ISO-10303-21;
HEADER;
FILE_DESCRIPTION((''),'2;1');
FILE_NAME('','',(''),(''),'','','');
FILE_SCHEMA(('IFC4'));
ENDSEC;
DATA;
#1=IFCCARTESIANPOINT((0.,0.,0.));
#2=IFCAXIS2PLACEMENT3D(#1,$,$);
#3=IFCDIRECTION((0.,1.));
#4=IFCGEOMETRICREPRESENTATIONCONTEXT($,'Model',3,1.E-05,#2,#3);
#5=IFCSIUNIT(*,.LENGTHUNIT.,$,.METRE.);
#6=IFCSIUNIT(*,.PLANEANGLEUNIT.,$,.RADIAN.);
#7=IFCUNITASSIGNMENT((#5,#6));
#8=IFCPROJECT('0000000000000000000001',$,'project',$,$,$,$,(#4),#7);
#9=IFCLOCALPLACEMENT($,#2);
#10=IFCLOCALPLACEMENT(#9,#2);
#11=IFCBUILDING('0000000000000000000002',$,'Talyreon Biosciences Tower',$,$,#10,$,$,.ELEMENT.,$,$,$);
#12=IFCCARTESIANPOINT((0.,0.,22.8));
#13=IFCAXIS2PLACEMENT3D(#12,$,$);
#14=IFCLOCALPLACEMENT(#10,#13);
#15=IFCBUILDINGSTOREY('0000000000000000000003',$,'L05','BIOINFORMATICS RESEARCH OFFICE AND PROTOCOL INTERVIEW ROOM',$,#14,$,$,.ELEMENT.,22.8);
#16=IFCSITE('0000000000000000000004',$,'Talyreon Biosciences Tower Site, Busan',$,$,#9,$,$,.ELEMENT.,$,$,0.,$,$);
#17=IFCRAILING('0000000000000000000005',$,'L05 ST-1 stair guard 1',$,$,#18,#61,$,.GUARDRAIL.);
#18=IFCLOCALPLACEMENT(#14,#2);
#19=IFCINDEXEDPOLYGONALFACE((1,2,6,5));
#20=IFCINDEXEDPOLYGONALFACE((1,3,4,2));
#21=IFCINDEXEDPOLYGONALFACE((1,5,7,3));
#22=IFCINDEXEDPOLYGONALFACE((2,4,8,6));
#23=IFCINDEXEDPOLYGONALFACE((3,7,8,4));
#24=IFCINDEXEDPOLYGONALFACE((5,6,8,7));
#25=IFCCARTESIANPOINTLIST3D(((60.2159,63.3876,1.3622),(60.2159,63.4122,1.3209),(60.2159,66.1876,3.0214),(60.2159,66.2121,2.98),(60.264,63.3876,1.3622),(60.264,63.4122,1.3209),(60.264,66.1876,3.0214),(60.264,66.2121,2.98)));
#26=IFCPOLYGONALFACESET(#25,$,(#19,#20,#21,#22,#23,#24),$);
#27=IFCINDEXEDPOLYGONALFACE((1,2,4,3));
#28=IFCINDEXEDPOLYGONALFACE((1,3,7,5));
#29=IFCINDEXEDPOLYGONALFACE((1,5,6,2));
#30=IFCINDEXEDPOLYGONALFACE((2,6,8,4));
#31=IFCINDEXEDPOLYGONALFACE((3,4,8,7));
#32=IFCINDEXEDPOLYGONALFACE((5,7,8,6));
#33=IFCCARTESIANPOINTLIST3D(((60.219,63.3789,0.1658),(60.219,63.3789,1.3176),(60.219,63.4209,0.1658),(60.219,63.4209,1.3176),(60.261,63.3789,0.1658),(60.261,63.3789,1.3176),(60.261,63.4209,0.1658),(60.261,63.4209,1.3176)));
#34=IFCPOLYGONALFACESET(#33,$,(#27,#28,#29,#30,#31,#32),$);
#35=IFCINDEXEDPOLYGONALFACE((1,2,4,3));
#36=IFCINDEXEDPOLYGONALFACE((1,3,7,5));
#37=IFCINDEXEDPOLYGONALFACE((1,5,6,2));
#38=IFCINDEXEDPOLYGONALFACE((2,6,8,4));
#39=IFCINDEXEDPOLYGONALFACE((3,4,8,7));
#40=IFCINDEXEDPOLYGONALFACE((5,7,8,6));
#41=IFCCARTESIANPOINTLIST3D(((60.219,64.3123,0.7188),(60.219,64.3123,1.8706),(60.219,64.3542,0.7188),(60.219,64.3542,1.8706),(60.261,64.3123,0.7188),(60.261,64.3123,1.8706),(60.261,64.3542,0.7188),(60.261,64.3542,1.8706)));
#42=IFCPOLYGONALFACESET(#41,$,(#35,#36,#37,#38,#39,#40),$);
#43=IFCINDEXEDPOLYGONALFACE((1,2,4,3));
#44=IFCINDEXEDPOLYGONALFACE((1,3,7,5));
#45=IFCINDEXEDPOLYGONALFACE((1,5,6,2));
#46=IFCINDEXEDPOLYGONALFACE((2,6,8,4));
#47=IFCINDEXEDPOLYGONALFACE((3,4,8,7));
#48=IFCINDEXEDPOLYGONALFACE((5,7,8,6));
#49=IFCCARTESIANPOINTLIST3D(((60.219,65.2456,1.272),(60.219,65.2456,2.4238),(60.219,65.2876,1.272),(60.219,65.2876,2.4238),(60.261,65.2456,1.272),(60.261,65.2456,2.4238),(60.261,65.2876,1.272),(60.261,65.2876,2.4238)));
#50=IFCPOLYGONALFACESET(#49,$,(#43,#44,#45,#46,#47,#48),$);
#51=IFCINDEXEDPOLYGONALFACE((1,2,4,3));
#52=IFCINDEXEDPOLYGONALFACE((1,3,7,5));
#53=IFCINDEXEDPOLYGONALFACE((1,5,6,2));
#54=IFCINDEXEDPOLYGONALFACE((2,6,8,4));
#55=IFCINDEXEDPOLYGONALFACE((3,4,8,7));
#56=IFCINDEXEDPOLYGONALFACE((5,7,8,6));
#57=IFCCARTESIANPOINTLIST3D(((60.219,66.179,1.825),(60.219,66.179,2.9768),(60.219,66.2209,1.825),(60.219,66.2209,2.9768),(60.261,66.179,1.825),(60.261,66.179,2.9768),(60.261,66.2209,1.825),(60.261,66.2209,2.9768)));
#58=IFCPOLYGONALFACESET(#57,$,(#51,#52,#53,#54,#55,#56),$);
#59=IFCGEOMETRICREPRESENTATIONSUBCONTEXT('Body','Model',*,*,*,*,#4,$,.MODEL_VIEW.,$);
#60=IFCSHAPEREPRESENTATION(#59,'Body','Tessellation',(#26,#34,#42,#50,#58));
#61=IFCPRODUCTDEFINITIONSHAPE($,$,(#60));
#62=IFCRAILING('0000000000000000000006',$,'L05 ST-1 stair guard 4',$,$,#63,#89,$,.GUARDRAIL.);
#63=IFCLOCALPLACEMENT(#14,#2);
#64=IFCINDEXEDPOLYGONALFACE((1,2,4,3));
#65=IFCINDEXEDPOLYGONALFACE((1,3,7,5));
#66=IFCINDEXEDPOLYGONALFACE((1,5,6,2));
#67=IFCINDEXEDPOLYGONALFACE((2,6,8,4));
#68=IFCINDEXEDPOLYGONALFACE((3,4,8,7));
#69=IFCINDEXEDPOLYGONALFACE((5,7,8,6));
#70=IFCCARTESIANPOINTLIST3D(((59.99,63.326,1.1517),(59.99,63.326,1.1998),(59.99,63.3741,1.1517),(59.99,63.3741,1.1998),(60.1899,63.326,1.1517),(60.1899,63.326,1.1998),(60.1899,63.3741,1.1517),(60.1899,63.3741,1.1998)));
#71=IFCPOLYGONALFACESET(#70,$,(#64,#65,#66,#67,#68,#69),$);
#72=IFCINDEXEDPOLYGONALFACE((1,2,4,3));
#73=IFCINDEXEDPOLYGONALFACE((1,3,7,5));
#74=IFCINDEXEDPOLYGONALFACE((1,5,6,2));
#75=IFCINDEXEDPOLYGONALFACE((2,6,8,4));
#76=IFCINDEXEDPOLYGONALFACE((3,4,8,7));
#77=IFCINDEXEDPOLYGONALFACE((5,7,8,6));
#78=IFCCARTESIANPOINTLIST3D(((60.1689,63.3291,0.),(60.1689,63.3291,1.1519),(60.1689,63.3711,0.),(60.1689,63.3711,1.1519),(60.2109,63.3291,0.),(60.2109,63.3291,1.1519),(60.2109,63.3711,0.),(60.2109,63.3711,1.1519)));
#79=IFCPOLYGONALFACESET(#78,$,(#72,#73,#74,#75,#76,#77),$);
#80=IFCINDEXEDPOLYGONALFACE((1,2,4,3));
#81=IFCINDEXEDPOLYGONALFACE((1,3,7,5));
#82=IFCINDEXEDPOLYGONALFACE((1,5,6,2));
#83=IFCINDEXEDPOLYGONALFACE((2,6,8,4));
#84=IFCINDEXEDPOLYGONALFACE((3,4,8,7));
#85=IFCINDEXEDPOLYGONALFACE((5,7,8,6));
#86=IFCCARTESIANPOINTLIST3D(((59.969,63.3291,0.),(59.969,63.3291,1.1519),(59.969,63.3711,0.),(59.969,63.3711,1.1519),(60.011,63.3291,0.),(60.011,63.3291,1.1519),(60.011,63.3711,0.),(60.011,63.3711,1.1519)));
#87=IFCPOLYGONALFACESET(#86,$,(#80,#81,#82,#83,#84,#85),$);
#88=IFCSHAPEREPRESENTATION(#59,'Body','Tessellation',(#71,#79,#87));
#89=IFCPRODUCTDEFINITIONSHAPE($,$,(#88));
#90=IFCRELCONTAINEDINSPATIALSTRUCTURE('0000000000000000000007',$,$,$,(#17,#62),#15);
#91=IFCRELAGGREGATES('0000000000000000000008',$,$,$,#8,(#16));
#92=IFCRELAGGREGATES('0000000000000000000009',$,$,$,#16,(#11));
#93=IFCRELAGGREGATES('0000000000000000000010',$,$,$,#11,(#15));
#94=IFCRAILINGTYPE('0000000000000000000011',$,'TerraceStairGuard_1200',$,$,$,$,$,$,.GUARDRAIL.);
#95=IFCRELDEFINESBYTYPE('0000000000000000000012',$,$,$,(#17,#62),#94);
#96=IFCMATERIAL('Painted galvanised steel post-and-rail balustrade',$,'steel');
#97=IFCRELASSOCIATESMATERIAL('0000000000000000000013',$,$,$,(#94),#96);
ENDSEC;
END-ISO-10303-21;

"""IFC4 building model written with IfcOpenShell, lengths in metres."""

from ifc_helpers import new_model, si_unit, direction, frame, origin, origin_2d, place, context, subcontext, project, spatial, rectangle, extrude, material, type_object, element, save


model = new_model("IFC4")

# Units and contexts
model_context = context("Model", 3, precision=1e-05, world=origin(), true_north=direction((0.0, 1.0)))
body_context = subcontext(model_context, "Body", "Model", "MODEL_VIEW")
ifc_project = project(units=[si_unit("LENGTHUNIT", "METRE"), si_unit("PLANEANGLEUNIT", "RADIAN")], contexts=[model_context])

# Site, building, storey
site_placement = place(None, origin())
site = spatial("IfcSite", under=ifc_project, at=site_placement, Name="Talyreon Biosciences Tower Site, Busan", CompositionType="ELEMENT", RefElevation=0.0)
building_placement = place(site_placement, origin())
building = spatial("IfcBuilding", under=site, at=building_placement, Name="Talyreon Biosciences Tower", CompositionType="ELEMENT")
storey_placement = place(building_placement, frame((0.0, 0.0, 22.8)))
storey = spatial("IfcBuildingStorey", under=building, at=storey_placement, Name="L05", Description="BIOINFORMATICS RESEARCH OFFICE AND PROTOCOL INTERVIEW ROOM", CompositionType="ELEMENT", Elevation=22.8)

# Railings
ifc_material_1 = material(Name="Painted galvanised steel post-and-rail balustrade", Category="steel")
railing_type = type_object("IfcRailingType", Name="TerraceStairGuard_1200", PredefinedType="GUARDRAIL", material=ifc_material_1)
railing_1_placement = place(storey_placement, frame((60.24, 63.3999, 0.1658)))
element("IfcRailing", 1, at=railing_1_placement, inside=storey, type_object=railing_type, Name="L05 ST-1 stair guard 1", PredefinedType="GUARDRAIL", context=body_context, shape_type="SweptSolid", body=[
    extrude(rectangle(XDim=0.0481, YDim=0.0481, at=origin_2d()), frame((0.0, 0.0, 1.1758), z_axis=(0.0, 0.860306, 0.509778), x_axis=(-1.0, 0.0, 0.0)), (0.0, 0.0, 1.0), 3.2546),
    extrude(rectangle(XDim=0.042, YDim=0.042, at=origin_2d()), origin(), (0.0, 0.0, 1.0), 1.1519),
    extrude(rectangle(XDim=0.042, YDim=0.042, at=origin_2d()), frame((0.0, 0.9333, 0.553)), (0.0, 0.0, 1.0), 1.1519),
    extrude(rectangle(XDim=0.042, YDim=0.042, at=origin_2d()), frame((0.0, 1.8667, 1.1062)), (0.0, 0.0, 1.0), 1.1519),
    extrude(rectangle(XDim=0.042, YDim=0.042, at=origin_2d()), frame((0.0, 2.8, 1.6592)), (0.0, 0.0, 1.0), 1.1519),
])
railing_2_placement = place(storey_placement, frame((60.1899, 63.3501, 0.0)))
element("IfcRailing", 2, at=railing_2_placement, inside=storey, type_object=railing_type, Name="L05 ST-1 stair guard 4", PredefinedType="GUARDRAIL", context=body_context, shape_type="SweptSolid", body=[
    extrude(rectangle(XDim=0.0481, YDim=0.0481, at=origin_2d()), frame((0.0, 0.0, 1.1758), z_axis=(-1.0, 0.0, 0.0), x_axis=(0.0, -1.0, 0.0)), (0.0, 0.0, 1.0), 0.2),
    extrude(rectangle(XDim=0.042, YDim=0.042, at=origin_2d()), origin(), (0.0, 0.0, 1.0), 1.1519),
    extrude(rectangle(XDim=0.042, YDim=0.042, at=origin_2d()), frame((-0.2, 0.0, 0.0)), (0.0, 0.0, 1.0), 1.1519),
])

save(model, "model.ifc")
